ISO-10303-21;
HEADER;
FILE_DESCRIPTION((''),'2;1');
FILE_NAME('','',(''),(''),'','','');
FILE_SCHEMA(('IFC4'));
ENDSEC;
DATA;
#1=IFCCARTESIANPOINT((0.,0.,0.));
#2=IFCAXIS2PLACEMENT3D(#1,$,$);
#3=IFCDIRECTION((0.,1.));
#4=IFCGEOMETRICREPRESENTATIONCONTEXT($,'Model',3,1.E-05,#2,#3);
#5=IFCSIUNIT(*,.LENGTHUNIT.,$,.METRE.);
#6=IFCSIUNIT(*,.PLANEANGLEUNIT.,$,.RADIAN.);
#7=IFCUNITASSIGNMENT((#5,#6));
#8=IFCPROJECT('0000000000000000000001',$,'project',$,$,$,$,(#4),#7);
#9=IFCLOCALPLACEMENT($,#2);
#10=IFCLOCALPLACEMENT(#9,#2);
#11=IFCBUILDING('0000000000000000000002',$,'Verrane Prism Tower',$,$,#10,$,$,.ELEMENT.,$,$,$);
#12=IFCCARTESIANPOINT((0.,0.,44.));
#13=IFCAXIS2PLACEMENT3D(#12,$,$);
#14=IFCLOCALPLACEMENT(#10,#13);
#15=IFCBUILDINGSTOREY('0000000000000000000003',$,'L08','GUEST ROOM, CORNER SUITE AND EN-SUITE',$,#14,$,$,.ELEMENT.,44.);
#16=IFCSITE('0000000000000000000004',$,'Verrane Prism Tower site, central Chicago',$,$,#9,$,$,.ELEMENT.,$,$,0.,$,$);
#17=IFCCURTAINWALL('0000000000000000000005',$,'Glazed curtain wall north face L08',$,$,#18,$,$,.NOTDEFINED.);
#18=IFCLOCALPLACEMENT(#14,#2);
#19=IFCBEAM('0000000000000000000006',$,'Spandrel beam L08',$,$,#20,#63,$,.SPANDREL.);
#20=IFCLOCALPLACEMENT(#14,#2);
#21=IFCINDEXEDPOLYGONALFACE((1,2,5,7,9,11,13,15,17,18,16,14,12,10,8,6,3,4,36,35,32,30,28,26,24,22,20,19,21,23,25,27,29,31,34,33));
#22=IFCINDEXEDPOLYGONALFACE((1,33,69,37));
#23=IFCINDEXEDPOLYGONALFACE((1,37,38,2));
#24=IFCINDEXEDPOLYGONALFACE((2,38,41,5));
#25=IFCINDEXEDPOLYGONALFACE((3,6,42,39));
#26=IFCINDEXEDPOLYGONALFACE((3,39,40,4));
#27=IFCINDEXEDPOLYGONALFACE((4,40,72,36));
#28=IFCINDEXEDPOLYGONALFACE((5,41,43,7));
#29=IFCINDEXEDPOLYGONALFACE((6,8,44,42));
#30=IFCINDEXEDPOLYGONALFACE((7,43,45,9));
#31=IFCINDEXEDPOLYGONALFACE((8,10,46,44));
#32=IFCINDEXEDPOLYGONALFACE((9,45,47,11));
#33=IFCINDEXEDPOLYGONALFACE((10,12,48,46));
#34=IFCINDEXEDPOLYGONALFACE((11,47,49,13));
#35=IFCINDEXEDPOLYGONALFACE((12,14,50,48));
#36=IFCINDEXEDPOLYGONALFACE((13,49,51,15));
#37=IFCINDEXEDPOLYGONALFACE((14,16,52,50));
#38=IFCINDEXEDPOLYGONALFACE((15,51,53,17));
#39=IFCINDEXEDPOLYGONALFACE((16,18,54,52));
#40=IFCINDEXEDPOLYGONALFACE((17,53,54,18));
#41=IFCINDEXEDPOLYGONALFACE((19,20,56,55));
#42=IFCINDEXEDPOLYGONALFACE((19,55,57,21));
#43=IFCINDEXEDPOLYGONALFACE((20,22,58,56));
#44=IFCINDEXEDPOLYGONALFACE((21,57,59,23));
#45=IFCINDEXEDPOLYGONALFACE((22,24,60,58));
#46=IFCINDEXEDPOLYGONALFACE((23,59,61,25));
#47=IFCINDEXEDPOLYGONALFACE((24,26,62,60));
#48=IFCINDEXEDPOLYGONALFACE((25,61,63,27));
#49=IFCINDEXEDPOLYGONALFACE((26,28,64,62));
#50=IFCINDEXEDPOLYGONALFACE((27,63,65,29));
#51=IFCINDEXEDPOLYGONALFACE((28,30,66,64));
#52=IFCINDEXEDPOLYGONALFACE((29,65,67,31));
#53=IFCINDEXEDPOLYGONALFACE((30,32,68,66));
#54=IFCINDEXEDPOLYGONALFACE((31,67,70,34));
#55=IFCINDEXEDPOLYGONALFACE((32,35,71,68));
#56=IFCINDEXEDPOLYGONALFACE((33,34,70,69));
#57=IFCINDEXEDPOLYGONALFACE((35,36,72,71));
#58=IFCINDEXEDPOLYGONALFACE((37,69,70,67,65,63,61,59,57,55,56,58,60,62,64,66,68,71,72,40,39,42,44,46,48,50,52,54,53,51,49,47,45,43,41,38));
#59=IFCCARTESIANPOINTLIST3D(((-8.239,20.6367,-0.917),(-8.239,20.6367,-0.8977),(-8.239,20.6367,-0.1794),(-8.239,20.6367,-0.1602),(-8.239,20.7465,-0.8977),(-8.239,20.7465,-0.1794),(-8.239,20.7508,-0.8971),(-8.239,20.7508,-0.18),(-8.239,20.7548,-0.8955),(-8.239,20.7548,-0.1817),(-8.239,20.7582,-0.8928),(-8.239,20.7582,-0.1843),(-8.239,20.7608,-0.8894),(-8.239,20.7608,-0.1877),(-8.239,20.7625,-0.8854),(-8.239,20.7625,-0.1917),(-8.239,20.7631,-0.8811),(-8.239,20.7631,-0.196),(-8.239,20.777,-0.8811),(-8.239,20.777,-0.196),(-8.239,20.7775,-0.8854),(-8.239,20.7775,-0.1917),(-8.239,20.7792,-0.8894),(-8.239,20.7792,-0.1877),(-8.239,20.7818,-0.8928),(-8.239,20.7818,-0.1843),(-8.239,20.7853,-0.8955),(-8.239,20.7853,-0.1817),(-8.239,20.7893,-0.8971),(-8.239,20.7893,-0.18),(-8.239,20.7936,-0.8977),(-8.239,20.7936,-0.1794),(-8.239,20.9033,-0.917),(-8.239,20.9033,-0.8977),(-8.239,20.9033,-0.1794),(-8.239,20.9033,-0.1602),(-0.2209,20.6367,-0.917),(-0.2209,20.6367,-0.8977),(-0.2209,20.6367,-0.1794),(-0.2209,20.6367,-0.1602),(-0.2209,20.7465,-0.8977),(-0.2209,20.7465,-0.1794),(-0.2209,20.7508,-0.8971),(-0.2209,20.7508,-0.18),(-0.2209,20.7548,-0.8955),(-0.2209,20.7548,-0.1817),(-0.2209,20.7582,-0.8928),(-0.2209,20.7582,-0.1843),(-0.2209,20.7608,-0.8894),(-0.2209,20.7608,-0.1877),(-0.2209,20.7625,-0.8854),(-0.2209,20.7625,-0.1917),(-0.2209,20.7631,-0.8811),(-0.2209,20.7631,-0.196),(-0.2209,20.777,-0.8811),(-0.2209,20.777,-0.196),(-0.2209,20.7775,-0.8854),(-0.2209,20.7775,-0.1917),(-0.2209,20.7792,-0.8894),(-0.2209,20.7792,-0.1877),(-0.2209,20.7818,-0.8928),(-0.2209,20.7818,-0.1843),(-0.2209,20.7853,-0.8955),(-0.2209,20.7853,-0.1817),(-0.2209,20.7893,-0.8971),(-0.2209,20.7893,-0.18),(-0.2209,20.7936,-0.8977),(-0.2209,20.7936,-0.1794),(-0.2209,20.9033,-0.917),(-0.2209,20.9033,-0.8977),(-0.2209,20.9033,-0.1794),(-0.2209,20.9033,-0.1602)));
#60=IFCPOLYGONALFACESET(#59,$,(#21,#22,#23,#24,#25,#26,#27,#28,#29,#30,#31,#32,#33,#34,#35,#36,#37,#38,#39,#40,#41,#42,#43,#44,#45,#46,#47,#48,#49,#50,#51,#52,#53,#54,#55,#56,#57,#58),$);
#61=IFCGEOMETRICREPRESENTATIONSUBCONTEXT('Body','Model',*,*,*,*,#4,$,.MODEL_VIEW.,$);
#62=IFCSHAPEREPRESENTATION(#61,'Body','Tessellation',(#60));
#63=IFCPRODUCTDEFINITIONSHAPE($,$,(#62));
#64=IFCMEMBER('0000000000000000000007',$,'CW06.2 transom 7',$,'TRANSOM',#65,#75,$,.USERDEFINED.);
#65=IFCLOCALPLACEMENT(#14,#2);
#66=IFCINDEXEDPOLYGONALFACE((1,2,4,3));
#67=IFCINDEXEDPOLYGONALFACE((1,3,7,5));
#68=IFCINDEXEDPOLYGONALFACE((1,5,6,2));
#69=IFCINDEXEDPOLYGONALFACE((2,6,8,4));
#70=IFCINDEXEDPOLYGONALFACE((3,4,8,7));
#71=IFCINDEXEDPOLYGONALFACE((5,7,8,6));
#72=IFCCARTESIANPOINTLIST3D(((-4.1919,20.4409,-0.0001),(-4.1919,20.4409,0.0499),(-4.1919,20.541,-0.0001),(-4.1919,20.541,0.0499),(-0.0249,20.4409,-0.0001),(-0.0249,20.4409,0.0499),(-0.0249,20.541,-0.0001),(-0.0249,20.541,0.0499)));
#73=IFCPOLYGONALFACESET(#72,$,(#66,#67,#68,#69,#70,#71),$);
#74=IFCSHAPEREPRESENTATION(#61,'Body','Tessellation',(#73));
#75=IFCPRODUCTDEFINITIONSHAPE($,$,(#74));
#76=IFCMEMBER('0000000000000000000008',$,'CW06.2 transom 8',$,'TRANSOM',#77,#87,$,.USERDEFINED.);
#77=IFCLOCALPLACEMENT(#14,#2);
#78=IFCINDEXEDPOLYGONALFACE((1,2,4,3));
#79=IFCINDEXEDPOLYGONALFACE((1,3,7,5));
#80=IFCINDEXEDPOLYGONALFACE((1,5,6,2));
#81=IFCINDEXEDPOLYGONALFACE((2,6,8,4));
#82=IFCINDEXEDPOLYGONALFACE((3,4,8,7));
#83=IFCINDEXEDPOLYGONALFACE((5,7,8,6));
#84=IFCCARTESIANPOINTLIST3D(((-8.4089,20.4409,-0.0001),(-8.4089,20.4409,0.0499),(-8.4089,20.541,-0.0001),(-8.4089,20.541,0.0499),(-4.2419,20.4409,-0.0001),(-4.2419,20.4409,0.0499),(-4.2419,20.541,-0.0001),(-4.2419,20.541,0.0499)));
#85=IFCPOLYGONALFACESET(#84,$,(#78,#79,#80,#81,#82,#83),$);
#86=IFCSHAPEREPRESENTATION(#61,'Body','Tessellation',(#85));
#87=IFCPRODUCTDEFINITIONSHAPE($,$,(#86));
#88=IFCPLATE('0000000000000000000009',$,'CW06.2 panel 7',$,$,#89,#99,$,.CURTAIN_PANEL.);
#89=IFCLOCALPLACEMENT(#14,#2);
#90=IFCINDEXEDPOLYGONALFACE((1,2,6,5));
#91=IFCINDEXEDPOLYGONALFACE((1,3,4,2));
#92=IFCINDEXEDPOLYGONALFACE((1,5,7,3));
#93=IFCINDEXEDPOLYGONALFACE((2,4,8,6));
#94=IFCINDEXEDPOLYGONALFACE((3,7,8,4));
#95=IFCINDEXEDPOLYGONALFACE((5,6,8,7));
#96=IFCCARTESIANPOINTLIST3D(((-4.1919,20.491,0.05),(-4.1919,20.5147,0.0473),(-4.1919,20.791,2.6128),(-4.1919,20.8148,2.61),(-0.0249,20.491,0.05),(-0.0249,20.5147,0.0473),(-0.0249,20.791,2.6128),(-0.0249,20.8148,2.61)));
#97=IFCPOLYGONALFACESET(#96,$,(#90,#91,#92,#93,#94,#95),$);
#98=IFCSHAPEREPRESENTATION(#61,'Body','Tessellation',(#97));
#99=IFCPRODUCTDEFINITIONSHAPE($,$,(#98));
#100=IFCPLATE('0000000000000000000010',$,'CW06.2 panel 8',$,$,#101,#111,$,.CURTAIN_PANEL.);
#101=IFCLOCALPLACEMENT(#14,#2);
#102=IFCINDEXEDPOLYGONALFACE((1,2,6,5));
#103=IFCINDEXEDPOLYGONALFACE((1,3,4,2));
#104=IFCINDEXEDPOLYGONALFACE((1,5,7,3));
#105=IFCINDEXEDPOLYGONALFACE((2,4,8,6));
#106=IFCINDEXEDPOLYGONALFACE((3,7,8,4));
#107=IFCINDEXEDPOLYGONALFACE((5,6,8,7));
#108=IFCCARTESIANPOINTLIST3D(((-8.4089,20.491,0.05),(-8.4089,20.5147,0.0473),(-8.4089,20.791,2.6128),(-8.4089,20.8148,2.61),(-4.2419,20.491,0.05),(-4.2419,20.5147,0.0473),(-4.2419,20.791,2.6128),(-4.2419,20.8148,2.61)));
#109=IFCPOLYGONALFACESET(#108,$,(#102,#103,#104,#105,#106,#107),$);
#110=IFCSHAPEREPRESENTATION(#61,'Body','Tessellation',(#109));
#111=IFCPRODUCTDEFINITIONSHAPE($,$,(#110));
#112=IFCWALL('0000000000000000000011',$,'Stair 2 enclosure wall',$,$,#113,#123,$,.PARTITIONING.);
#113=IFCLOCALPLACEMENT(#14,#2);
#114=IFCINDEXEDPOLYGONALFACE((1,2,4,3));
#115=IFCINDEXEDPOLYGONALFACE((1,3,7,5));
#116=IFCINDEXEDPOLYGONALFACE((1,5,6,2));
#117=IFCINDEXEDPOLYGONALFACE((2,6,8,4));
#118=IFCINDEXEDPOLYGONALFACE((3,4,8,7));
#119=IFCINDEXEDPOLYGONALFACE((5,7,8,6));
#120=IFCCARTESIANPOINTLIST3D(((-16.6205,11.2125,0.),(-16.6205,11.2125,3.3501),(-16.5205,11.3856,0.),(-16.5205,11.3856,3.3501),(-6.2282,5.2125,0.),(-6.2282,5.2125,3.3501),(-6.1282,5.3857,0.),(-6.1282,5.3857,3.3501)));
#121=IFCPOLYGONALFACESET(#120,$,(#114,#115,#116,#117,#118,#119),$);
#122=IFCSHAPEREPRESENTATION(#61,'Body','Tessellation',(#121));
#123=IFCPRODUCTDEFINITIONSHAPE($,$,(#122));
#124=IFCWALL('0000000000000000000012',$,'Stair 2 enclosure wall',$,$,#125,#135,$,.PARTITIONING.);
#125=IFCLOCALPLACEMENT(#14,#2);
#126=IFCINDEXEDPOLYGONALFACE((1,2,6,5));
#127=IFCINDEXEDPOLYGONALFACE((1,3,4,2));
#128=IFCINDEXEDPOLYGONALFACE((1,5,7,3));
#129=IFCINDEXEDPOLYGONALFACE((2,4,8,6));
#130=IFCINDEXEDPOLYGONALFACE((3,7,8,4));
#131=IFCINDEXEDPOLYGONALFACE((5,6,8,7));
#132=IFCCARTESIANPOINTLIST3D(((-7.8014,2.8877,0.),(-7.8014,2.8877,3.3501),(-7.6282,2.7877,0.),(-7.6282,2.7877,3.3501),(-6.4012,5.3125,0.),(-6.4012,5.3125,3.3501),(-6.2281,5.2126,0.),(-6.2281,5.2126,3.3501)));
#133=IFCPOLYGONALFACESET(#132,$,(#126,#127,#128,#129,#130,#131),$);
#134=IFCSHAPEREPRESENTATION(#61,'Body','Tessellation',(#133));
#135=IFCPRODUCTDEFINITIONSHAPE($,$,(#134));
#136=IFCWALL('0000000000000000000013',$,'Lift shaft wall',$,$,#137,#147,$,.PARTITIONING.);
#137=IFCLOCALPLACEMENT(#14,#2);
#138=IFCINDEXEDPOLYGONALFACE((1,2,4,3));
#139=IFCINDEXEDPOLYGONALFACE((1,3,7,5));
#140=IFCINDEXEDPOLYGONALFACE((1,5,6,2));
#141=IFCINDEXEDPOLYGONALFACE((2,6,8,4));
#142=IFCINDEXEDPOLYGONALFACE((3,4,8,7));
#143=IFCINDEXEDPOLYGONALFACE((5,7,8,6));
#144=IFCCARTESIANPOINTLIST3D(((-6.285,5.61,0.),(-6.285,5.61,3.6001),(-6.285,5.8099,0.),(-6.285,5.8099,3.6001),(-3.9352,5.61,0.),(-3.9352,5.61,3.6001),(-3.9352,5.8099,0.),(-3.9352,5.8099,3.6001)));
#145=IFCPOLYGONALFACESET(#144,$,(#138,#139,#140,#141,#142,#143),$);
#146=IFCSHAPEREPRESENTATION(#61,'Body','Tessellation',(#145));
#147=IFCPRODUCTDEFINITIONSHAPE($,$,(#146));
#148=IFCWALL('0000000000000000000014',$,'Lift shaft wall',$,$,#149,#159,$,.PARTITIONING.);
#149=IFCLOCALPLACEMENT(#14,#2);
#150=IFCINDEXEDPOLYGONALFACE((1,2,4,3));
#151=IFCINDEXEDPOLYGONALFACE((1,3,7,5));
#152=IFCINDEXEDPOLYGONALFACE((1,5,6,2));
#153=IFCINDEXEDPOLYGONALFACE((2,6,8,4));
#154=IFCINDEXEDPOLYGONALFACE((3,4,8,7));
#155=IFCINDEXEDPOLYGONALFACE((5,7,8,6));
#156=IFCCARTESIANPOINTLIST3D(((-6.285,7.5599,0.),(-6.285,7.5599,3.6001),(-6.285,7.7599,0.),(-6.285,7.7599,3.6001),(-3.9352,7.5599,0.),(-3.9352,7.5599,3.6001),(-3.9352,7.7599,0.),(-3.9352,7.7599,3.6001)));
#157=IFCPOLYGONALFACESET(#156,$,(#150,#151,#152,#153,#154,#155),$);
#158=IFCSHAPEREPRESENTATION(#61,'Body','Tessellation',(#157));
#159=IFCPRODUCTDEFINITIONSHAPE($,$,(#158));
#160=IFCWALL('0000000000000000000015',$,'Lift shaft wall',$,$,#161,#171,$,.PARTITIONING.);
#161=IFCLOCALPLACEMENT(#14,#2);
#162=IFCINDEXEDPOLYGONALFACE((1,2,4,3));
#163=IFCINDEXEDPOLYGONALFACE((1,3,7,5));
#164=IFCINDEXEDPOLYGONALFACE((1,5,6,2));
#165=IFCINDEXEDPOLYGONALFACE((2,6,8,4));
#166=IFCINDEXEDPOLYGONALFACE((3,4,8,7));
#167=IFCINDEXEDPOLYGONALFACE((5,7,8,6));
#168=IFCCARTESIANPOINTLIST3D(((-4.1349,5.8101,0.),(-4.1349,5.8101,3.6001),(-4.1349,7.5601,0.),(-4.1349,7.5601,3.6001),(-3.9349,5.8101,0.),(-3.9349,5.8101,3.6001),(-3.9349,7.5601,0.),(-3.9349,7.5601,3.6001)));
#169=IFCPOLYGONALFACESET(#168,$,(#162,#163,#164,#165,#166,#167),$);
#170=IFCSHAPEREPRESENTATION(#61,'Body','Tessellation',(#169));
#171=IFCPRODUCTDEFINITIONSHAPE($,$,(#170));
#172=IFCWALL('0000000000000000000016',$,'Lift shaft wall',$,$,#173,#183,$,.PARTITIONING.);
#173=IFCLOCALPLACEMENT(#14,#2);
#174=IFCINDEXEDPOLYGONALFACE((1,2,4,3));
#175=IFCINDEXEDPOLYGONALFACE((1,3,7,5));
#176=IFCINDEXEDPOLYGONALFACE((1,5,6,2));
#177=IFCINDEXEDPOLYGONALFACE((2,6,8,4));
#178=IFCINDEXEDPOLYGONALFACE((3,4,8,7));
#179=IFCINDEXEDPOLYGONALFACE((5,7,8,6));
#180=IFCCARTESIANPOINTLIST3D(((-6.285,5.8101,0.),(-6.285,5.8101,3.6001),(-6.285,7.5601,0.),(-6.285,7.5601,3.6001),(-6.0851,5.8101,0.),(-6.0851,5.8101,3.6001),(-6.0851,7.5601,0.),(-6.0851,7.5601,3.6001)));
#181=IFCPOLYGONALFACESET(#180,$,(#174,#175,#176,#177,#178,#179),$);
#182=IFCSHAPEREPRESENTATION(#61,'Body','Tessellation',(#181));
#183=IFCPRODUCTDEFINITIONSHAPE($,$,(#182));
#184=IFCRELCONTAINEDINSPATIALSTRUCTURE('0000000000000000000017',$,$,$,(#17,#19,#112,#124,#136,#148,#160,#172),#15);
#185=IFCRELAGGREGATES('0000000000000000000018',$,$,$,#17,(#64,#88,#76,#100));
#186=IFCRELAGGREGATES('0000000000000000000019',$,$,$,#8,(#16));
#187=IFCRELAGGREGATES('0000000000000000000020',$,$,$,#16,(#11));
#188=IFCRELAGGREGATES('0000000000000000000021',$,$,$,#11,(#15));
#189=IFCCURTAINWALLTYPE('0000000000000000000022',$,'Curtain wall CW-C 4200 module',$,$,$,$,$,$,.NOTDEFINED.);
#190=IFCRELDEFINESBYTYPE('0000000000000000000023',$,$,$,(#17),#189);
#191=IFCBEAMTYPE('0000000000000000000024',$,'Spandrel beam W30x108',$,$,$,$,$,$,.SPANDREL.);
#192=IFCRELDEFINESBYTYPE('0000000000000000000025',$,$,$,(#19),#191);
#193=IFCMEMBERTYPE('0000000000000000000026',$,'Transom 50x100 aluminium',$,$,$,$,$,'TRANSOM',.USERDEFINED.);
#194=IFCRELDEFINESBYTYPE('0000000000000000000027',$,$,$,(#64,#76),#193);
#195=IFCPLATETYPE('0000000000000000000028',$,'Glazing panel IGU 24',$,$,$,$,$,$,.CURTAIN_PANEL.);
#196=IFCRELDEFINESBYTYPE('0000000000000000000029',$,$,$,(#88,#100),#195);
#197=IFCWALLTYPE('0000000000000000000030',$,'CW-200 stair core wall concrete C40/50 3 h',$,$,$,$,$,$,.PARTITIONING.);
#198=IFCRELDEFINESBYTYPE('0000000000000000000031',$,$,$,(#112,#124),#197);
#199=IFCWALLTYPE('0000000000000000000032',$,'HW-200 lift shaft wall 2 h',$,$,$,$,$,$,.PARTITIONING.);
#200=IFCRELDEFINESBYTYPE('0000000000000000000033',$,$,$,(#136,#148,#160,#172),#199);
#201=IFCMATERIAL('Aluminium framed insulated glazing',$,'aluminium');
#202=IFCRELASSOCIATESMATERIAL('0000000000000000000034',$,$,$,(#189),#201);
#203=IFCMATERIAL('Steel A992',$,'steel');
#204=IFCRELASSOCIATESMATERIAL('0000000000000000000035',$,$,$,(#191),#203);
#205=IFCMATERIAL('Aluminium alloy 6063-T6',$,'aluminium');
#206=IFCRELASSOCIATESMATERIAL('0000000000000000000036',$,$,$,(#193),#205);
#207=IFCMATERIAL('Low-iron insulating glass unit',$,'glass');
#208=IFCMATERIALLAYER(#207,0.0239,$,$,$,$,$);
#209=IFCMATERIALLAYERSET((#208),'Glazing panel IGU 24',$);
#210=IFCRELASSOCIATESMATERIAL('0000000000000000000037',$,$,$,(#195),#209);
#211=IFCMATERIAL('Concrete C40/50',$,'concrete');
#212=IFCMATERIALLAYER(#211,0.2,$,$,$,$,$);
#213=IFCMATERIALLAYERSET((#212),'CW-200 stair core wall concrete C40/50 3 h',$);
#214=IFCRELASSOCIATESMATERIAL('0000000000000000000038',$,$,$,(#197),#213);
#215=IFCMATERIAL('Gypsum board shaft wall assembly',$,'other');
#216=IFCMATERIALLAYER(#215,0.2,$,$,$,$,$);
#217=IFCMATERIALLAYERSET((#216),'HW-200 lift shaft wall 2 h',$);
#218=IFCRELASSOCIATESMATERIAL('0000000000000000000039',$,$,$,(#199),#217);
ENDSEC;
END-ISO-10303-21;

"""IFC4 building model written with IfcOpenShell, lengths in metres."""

from ifc_helpers import new_model, si_unit, direction, frame, frame_2d, origin, origin_2d, place, context, subcontext, project, spatial, polyline, rectangle, i_section, outline, extrude, material, layer, layer_set, material_profile, profile_set, type_object, element, aggregate, save


model = new_model("IFC4")

# Units and contexts
model_context = context("Model", 3, precision=1e-05, world=origin(), true_north=direction((0.0, 1.0)))
body_context = subcontext(model_context, "Body", "Model", "MODEL_VIEW")
ifc_project = project(units=[si_unit("LENGTHUNIT", "METRE"), si_unit("PLANEANGLEUNIT", "RADIAN")], contexts=[model_context])

# Site, building, storey
site_placement = place(None, origin())
site = spatial("IfcSite", under=ifc_project, at=site_placement, Name="Verrane Prism Tower site, central Chicago", CompositionType="ELEMENT", RefElevation=0.0)
building_placement = place(site_placement, origin())
building = spatial("IfcBuilding", under=site, at=building_placement, Name="Verrane Prism Tower", CompositionType="ELEMENT")
storey_placement = place(building_placement, frame((0.0, 0.0, 44.0)))
storey = spatial("IfcBuildingStorey", under=building, at=storey_placement, Name="L08", Description="GUEST ROOM, CORNER SUITE AND EN-SUITE", CompositionType="ELEMENT", Elevation=44.0)

# Curtain wall
ifc_material_1 = material(Name="Aluminium framed insulated glazing", Category="aluminium")
curtain_wall_type = type_object("IfcCurtainWallType", Name="Curtain wall CW-C 4200 module", PredefinedType="NOTDEFINED", material=ifc_material_1)
curtain_wall_placement = place(storey_placement, origin())
curtain_wall = element("IfcCurtainWall", 1, at=curtain_wall_placement, inside=storey, type_object=curtain_wall_type, Name="Glazed curtain wall north face L08", PredefinedType="NOTDEFINED")

# Beam
ifc_material_2 = material(Name="Steel A992", Category="steel")
ifc_material_profile_1 = material_profile(ifc_material_2, i_section(OverallWidth=0.2666, OverallDepth=0.7568, WebThickness=0.0139, FlangeThickness=0.0193, FilletRadius=0.0166, at=origin_2d()), Name="W30x108")
ifc_profile_set_1 = profile_set([ifc_material_profile_1], Name="Steel A992")
beam_type_1 = type_object("IfcBeamType", Name="Spandrel beam W30x108", PredefinedType="SPANDREL", material=ifc_profile_set_1)
beam_1_placement = place(storey_placement, frame((-0.2209, 20.77, -0.5386), z_axis=(-1.0, 0.0, 0.0), x_axis=(0.0, -1.0, 0.0)))
element("IfcBeam", 2, at=beam_1_placement, inside=storey, type_object=beam_type_1, Name="Spandrel beam L08", PredefinedType="SPANDREL", context=body_context, shape_type="SweptSolid", body=[
    extrude(i_section(OverallWidth=0.2666, OverallDepth=0.7568, WebThickness=0.0139, FlangeThickness=0.0193, FilletRadius=0.0166, at=origin_2d()), origin(), (0.0, 0.0, 1.0), 8.0181),
])

# Members
ifc_material_3 = material(Name="Aluminium alloy 6063-T6", Category="aluminium")
ifc_material_profile_2 = material_profile(ifc_material_3, rectangle(XDim=0.1001, YDim=0.05, at=origin_2d()), Name="Transom 50x100 aluminium")
ifc_profile_set_2 = profile_set([ifc_material_profile_2], Name="Aluminium alloy 6063-T6")
member_type_1 = type_object("IfcMemberType", Name="Transom 50x100 aluminium", ElementType="TRANSOM", PredefinedType="USERDEFINED", material=ifc_profile_set_2)
member_1_placement = place(storey_placement, frame((-0.0249, 20.491, 0.0249), z_axis=(-1.0, 0.0, 0.0), x_axis=(0.0, -1.0, 0.0)))
member_1 = element("IfcMember", 3, at=member_1_placement, type_object=member_type_1, Name="CW06.2 transom 7", ObjectType="TRANSOM", PredefinedType="USERDEFINED", context=body_context, shape_type="SweptSolid", body=[
    extrude(rectangle(XDim=0.1001, YDim=0.05, at=origin_2d()), origin(), (0.0, 0.0, 1.0), 4.167),
])
member_2_placement = place(storey_placement, frame((-4.2419, 20.491, 0.0249), z_axis=(-1.0, 0.0, 0.0), x_axis=(0.0, -1.0, 0.0)))
member_2 = element("IfcMember", 4, at=member_2_placement, type_object=member_type_1, Name="CW06.2 transom 8", ObjectType="TRANSOM", PredefinedType="USERDEFINED", context=body_context, shape_type="SweptSolid", body=[
    extrude(rectangle(XDim=0.1001, YDim=0.05, at=origin_2d()), origin(), (0.0, 0.0, 1.0), 4.167),
])

# Plates
ifc_material_4 = material(Name="Low-iron insulating glass unit", Category="glass")
ifc_layer_1 = layer(ifc_material_4, 0.0239)
ifc_layer_set_1 = layer_set([ifc_layer_1], Name="Glazing panel IGU 24")
plate_type = type_object("IfcPlateType", Name="Glazing panel IGU 24", PredefinedType="CURTAIN_PANEL", material=ifc_layer_set_1)
plate_1_placement = place(storey_placement, frame((-0.0249, 20.491, 0.05), z_axis=(0.0, -0.993216, 0.116287), x_axis=(-1.0, 0.0, 0.0)))
plate_1 = element("IfcPlate", 5, at=plate_1_placement, type_object=plate_type, Name="CW06.2 panel 7", PredefinedType="CURTAIN_PANEL", context=body_context, shape_type="SweptSolid", body=[
    extrude(outline(polyline([(0.0, 0.0), (4.167, 0.0), (4.167, -2.5802), (0.0, -2.5802), (0.0, 0.0)])), origin(), (0.0, 0.0, -1.0), 0.0239),
])
plate_2_placement = place(storey_placement, frame((-4.2419, 20.491, 0.05), z_axis=(0.0, -0.993216, 0.116287), x_axis=(-1.0, 0.0, 0.0)))
plate_2 = element("IfcPlate", 6, at=plate_2_placement, type_object=plate_type, Name="CW06.2 panel 8", PredefinedType="CURTAIN_PANEL", context=body_context, shape_type="SweptSolid", body=[
    extrude(outline(polyline([(0.0, 0.0), (4.167, 0.0), (4.167, -2.5802), (0.0, -2.5802), (0.0, 0.0)])), origin(), (0.0, 0.0, -1.0), 0.0239),
])
aggregate(curtain_wall, [member_1, plate_1, member_2, plate_2])

# Walls
ifc_material_5 = material(Name="Concrete C40/50", Category="concrete")
ifc_layer_2 = layer(ifc_material_5, 0.2)
ifc_layer_set_2 = layer_set([ifc_layer_2], Name="CW-200 stair core wall concrete C40/50 3 h")
wall_type_1 = type_object("IfcWallType", Name="CW-200 stair core wall concrete C40/50 3 h", PredefinedType="PARTITIONING", material=ifc_layer_set_2)
wall_1_placement = place(storey_placement, frame((-6.1782, 5.2991, 0.0), z_axis=(0.0, 0.0, 1.0), x_axis=(-0.866026, 0.499999, 0.0)))
element("IfcWall", 7, at=wall_1_placement, inside=storey, type_object=wall_type_1, Name="Stair 2 enclosure wall", PredefinedType="PARTITIONING", context=body_context, shape_type="SweptSolid", body=[
    extrude(rectangle(XDim=12.0, YDim=0.2, at=frame_2d((6.0, 0.0))), origin(), (0.0, 0.0, 1.0), 3.3501),
])
wall_2_placement = place(storey_placement, frame((-6.3147, 5.2625, 0.0), z_axis=(0.0, 0.0, 1.0), x_axis=(-0.50005, -0.865997, 0.0)))
element("IfcWall", 8, at=wall_2_placement, inside=storey, type_object=wall_type_1, Name="Stair 2 enclosure wall", PredefinedType="PARTITIONING", context=body_context, shape_type="SweptSolid", body=[
    extrude(rectangle(XDim=2.8, YDim=0.2, at=frame_2d((1.3999, 0.0))), origin(), (0.0, 0.0, 1.0), 3.3501),
])
ifc_material_6 = material(Name="Gypsum board shaft wall assembly", Category="other")
ifc_layer_3 = layer(ifc_material_6, 0.2)
ifc_layer_set_3 = layer_set([ifc_layer_3], Name="HW-200 lift shaft wall 2 h")
wall_type_2 = type_object("IfcWallType", Name="HW-200 lift shaft wall 2 h", PredefinedType="PARTITIONING", material=ifc_layer_set_3)
for number, where, z_axis, x_axis, name in (
    (9, (-6.2849, 5.71, 0.0), (0.0, 0.0, 1.0), (1.0, 0.0, 0.0), "Lift shaft wall"),
    (10, (-6.2849, 7.6599, 0.0), (0.0, 0.0, 1.0), (1.0, 0.0, 0.0), "Lift shaft wall"),
):
    element("IfcWall", number, at=place(storey_placement, frame(where, z_axis=z_axis, x_axis=x_axis)), inside=storey, type_object=wall_type_2, Name=name, PredefinedType="PARTITIONING", context=body_context, shape_type="SweptSolid", body=[
        extrude(rectangle(XDim=2.3499, YDim=0.2, at=frame_2d((1.1748, 0.0))), origin(), (0.0, 0.0, 1.0), 3.6001),
    ])
for number, where, z_axis, x_axis, name in (
    (11, (-4.0349, 5.8101, 0.0), (0.0, 0.0, 1.0), (0.0, 1.0, 0.0), "Lift shaft wall"),
    (12, (-6.1851, 5.8101, 0.0), (0.0, 0.0, 1.0), (0.0, 1.0, 0.0), "Lift shaft wall"),
):
    element("IfcWall", number, at=place(storey_placement, frame(where, z_axis=z_axis, x_axis=x_axis)), inside=storey, type_object=wall_type_2, Name=name, PredefinedType="PARTITIONING", context=body_context, shape_type="SweptSolid", body=[
        extrude(rectangle(XDim=1.75, YDim=0.2, at=frame_2d((0.875, 0.0))), origin(), (0.0, 0.0, 1.0), 3.6001),
    ])

save(model, "model.ifc")
